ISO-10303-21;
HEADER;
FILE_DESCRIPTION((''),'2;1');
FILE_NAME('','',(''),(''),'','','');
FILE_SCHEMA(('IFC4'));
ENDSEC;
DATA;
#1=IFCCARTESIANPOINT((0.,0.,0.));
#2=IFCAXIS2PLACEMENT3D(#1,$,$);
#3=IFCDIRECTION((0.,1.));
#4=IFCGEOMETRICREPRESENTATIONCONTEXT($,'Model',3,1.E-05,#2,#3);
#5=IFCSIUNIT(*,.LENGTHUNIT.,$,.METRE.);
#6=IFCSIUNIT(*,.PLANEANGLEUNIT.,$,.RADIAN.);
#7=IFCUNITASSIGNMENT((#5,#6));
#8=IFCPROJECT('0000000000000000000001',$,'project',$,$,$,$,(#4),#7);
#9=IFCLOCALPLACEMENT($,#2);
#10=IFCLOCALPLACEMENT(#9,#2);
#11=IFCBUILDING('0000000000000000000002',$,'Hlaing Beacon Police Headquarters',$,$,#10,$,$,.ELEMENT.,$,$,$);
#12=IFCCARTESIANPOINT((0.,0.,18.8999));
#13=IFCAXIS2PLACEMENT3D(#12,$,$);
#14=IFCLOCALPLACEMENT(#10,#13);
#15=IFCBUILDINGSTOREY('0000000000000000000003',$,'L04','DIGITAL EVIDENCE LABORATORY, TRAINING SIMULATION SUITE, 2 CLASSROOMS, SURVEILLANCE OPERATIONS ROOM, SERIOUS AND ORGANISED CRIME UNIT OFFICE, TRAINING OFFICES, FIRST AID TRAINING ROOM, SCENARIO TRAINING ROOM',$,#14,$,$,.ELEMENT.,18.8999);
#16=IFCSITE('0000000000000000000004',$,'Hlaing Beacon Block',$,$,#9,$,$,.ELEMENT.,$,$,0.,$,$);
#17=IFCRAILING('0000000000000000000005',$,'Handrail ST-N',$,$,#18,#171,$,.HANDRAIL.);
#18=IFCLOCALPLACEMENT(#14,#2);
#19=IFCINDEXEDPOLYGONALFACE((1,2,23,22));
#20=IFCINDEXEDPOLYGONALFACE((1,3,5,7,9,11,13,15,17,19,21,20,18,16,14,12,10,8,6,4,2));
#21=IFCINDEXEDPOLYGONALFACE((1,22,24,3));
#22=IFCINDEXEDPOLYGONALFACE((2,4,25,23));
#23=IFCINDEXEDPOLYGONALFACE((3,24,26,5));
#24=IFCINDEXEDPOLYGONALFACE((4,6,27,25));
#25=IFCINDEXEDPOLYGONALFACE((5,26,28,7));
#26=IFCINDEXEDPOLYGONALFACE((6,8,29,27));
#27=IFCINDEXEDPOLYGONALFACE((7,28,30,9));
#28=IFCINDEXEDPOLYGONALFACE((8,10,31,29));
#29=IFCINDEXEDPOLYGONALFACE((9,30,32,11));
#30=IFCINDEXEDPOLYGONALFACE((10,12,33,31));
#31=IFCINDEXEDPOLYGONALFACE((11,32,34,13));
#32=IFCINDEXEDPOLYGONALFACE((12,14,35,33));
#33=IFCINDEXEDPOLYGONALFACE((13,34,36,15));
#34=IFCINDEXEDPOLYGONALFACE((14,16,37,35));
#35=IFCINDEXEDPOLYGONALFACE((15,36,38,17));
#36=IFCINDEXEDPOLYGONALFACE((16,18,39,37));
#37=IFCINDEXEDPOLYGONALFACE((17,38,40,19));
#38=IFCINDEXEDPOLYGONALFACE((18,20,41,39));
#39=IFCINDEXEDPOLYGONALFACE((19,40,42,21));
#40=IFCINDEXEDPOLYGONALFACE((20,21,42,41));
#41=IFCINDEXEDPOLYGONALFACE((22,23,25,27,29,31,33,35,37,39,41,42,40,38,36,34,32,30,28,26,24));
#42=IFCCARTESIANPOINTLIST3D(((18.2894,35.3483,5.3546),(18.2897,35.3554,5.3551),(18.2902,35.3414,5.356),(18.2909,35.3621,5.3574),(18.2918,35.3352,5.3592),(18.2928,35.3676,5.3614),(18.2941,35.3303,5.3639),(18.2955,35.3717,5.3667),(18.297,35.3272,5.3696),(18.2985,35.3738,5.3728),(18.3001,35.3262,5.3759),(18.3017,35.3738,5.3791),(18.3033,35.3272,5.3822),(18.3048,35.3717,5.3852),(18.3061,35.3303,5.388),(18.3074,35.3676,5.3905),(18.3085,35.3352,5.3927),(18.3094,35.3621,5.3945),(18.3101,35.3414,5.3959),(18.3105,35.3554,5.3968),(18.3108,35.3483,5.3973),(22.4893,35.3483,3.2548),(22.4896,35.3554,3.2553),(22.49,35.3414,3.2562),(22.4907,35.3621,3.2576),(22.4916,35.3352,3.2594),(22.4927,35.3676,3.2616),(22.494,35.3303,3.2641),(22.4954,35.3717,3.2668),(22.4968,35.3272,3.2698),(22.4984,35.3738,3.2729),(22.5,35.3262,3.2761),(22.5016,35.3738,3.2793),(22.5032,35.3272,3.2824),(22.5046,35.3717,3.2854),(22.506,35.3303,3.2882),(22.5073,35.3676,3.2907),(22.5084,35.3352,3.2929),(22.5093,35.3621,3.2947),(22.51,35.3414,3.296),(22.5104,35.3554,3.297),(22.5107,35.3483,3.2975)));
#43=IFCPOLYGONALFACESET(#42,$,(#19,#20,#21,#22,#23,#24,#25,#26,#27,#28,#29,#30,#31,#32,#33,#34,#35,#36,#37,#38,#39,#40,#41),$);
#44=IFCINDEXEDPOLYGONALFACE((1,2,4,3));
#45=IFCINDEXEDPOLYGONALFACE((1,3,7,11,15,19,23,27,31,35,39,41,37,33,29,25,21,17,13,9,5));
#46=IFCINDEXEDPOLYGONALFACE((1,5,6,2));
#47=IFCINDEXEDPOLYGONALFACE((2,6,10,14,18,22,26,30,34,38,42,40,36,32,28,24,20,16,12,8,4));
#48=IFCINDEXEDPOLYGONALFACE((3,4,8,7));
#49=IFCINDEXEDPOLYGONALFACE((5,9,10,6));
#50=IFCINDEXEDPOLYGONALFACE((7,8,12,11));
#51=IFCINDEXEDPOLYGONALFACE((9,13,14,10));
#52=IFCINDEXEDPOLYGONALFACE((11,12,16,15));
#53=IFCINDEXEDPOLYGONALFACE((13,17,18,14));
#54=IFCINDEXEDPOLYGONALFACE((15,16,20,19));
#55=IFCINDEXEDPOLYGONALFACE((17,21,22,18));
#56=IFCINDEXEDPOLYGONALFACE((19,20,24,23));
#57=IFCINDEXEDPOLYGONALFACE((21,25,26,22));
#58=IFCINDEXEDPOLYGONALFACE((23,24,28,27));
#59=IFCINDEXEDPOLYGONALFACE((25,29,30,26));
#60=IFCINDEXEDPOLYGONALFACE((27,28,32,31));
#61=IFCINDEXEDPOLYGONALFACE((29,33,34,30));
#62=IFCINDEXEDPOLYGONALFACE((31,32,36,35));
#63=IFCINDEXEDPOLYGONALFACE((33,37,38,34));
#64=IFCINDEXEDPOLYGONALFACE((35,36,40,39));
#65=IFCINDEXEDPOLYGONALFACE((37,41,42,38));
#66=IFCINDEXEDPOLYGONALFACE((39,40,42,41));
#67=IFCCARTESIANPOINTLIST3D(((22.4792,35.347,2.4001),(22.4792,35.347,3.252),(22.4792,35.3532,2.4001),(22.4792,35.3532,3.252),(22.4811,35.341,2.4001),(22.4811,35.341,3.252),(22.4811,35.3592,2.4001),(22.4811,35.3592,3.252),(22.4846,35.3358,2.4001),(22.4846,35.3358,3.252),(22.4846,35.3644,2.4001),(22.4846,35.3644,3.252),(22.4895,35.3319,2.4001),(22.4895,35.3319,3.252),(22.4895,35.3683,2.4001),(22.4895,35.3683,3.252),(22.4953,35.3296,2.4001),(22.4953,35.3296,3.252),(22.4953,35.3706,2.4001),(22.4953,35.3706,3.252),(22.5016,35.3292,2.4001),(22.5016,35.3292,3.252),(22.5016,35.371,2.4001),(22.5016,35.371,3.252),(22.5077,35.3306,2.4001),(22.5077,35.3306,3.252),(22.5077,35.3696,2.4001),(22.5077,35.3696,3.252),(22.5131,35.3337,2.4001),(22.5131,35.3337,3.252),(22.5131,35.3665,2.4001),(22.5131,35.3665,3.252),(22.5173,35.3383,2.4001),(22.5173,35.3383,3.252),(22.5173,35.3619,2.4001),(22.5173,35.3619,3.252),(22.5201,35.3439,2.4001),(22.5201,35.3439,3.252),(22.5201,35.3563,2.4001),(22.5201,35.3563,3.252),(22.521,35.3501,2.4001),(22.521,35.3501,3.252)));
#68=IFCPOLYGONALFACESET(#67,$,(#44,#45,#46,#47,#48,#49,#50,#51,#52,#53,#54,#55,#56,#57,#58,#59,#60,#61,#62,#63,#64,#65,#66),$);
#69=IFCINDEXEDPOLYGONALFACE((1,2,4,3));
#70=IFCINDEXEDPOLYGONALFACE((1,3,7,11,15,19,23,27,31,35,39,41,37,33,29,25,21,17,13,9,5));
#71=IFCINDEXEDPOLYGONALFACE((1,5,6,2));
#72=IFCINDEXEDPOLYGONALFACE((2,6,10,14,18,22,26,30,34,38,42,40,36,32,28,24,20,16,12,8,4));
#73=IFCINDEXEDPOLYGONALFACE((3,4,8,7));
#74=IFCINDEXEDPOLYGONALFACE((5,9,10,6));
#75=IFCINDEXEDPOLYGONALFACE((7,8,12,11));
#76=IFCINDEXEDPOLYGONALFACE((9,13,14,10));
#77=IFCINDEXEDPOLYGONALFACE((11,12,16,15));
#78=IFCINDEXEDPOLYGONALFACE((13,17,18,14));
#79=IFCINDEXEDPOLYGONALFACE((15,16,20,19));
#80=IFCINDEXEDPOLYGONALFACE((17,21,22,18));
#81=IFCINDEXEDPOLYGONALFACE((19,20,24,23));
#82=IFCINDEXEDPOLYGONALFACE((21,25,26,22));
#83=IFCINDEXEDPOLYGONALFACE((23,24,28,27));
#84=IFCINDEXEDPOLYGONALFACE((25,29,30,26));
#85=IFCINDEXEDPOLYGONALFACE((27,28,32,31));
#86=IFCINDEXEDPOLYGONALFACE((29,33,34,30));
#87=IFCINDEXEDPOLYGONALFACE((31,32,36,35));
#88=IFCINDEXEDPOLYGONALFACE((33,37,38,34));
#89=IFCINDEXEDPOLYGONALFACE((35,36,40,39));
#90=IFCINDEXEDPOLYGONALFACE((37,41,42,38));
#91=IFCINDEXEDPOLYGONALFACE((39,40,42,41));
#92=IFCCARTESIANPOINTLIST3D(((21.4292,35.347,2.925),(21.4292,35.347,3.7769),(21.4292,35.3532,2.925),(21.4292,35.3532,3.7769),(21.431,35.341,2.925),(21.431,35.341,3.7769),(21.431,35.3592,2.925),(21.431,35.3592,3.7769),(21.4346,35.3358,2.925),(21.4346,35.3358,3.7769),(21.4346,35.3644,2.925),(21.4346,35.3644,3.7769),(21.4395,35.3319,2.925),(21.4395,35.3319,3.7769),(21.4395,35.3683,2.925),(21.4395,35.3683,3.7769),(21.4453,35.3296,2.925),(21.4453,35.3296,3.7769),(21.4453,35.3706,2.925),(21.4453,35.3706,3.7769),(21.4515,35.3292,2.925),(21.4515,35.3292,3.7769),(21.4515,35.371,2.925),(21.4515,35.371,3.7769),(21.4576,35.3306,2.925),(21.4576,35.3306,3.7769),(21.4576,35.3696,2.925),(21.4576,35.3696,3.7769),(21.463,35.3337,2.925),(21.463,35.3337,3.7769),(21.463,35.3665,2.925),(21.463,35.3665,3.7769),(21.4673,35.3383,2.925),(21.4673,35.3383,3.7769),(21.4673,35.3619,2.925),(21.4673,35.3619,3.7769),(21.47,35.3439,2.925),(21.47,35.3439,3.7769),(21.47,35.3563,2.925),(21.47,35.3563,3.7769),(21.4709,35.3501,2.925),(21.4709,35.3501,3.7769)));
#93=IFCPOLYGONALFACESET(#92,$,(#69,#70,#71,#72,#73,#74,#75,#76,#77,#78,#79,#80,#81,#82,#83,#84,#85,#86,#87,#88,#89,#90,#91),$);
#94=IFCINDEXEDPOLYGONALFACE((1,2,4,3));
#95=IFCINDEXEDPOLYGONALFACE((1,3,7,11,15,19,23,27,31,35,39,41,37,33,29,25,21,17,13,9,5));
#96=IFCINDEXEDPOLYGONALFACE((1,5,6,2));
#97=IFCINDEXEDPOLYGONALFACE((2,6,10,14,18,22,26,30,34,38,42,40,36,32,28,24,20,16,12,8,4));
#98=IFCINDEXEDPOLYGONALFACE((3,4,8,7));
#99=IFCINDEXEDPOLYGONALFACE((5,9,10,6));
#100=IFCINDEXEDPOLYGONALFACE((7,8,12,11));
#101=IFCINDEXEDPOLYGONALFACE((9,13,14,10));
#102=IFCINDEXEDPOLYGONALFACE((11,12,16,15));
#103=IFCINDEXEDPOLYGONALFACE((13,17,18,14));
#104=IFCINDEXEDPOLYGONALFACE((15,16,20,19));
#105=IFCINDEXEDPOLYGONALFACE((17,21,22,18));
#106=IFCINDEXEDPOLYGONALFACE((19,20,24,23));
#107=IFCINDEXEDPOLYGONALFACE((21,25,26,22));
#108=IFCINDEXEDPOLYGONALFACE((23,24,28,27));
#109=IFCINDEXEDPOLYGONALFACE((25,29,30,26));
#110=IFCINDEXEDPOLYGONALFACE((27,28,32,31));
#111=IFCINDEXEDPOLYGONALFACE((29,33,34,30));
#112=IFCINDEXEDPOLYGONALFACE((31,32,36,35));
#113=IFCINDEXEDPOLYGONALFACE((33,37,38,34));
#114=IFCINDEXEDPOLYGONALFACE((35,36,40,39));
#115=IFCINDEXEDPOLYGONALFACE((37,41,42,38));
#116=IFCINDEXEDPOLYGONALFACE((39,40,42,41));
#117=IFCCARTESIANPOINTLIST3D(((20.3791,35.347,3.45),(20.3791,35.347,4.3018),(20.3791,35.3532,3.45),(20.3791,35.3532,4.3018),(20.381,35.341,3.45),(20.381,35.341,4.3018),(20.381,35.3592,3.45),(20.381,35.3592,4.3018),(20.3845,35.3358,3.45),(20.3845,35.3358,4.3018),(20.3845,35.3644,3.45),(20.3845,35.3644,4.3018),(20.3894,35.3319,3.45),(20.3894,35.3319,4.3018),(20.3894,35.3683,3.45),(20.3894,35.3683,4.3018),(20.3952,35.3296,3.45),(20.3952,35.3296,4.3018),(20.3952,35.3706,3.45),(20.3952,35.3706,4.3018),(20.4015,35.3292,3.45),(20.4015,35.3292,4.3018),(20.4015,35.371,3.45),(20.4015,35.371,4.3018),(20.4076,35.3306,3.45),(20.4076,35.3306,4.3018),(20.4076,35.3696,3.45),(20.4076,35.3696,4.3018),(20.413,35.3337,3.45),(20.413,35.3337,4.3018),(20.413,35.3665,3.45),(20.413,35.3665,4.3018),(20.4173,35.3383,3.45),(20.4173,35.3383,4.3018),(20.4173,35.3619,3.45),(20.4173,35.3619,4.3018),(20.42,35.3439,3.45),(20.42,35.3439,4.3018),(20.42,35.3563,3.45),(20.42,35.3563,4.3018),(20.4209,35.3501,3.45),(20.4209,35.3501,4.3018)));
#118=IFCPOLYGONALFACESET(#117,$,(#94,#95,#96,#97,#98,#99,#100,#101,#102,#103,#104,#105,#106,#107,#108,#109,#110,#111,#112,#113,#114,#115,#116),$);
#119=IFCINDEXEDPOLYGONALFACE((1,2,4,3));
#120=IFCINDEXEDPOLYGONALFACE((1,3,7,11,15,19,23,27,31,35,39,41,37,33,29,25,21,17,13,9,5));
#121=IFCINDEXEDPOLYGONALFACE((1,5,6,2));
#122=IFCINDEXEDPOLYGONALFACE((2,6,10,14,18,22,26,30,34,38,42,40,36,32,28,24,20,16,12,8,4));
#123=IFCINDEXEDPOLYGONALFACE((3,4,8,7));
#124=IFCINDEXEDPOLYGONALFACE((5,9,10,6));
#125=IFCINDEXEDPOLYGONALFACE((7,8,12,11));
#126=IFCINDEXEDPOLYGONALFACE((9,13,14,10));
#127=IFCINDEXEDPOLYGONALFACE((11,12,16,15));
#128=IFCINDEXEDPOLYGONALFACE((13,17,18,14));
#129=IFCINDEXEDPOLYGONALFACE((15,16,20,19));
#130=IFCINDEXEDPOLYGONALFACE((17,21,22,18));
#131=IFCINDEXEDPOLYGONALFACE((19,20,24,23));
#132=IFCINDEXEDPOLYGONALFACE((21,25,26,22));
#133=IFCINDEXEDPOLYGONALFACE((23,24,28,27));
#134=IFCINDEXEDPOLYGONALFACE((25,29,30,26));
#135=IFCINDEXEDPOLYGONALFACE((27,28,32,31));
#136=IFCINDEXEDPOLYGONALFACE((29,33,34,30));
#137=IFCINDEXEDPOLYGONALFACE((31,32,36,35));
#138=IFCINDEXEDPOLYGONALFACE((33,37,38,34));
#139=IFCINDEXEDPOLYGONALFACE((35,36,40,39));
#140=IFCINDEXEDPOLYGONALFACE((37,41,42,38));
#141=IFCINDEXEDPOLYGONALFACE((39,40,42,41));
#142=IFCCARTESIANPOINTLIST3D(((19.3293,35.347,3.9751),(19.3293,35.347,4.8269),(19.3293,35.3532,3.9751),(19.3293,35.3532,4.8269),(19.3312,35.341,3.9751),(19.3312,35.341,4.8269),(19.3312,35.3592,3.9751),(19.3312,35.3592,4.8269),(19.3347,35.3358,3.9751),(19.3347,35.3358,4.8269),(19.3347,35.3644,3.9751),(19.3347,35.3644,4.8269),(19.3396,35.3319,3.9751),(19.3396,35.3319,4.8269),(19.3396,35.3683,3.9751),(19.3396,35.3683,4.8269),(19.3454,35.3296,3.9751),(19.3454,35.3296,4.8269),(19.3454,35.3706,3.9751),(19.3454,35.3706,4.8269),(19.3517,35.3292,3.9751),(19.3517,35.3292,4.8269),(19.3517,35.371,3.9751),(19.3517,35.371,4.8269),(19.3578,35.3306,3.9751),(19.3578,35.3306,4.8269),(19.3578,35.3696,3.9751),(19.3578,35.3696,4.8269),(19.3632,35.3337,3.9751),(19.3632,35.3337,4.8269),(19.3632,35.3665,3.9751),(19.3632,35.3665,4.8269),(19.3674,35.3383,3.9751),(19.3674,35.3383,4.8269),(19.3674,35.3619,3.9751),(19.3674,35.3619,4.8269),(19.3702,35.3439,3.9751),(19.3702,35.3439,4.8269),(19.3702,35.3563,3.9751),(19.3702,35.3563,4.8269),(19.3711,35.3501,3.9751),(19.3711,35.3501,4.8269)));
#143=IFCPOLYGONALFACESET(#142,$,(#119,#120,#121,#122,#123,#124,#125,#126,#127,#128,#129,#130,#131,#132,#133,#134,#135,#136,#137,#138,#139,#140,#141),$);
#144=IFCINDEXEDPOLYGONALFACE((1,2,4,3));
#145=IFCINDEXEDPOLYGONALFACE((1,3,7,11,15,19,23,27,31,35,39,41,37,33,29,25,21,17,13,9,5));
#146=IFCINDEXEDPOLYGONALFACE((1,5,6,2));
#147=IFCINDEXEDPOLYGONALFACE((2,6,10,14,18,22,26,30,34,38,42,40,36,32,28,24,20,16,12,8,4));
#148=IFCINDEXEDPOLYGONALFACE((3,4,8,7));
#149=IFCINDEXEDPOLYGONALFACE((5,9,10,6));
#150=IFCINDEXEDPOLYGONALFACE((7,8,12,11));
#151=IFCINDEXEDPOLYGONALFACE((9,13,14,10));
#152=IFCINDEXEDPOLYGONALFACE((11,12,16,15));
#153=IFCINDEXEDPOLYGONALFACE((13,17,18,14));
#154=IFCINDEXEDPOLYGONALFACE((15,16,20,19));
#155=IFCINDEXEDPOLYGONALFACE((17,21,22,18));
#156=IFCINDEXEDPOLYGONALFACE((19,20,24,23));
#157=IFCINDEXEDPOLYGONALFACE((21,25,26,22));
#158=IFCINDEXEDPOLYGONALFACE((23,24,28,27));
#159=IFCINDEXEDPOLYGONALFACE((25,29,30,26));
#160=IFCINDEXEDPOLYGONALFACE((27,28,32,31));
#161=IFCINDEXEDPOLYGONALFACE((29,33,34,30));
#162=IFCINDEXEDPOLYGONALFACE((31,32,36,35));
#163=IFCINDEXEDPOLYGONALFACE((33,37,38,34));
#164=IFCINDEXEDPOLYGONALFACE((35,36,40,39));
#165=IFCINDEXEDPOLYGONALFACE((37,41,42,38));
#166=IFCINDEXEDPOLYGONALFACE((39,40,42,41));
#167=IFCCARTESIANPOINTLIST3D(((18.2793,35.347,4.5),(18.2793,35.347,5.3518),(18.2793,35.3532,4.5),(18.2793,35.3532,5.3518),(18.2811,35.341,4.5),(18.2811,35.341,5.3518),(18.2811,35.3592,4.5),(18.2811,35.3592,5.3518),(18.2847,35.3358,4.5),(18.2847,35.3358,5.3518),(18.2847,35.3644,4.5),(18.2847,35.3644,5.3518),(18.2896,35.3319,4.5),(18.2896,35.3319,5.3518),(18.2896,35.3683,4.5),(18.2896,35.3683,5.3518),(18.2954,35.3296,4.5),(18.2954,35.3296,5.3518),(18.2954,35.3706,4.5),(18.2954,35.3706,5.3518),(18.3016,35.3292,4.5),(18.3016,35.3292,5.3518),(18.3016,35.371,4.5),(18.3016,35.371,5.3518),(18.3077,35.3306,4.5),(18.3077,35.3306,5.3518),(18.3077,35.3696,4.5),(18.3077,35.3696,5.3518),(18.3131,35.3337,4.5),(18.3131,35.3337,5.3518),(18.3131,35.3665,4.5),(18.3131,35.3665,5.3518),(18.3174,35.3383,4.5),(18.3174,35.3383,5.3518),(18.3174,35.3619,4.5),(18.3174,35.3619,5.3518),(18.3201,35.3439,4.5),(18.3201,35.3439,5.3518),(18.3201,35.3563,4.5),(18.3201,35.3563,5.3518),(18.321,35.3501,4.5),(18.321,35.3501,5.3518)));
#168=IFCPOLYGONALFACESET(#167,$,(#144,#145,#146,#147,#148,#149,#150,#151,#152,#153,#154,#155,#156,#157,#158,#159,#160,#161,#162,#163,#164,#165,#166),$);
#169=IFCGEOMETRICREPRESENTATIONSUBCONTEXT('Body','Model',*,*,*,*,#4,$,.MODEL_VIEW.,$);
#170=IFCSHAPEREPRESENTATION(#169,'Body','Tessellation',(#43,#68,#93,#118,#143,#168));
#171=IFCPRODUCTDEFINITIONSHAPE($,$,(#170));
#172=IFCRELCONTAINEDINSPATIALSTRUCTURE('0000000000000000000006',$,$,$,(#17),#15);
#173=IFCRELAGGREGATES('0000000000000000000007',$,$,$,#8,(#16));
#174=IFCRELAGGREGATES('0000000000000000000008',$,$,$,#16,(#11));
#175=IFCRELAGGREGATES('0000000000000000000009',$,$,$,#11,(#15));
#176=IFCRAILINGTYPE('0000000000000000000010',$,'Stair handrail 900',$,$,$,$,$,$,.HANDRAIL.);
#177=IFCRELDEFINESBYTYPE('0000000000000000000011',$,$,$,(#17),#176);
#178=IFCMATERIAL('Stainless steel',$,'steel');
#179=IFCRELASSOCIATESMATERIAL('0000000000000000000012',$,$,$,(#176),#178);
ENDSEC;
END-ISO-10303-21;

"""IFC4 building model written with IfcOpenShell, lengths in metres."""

from ifc_helpers import new_model, si_unit, direction, frame, origin, origin_2d, place, context, subcontext, project, spatial, circle, extrude, material, type_object, element, save


model = new_model("IFC4")

# Units and contexts
model_context = context("Model", 3, precision=1e-05, world=origin(), true_north=direction((0.0, 1.0)))
body_context = subcontext(model_context, "Body", "Model", "MODEL_VIEW")
ifc_project = project(units=[si_unit("LENGTHUNIT", "METRE"), si_unit("PLANEANGLEUNIT", "RADIAN")], contexts=[model_context])

# Site, building, storey
site_placement = place(None, origin())
site = spatial("IfcSite", under=ifc_project, at=site_placement, Name="Hlaing Beacon Block", CompositionType="ELEMENT", RefElevation=0.0)
building_placement = place(site_placement, origin())
building = spatial("IfcBuilding", under=site, at=building_placement, Name="Hlaing Beacon Police Headquarters", CompositionType="ELEMENT")
storey_placement = place(building_placement, frame((0.0, 0.0, 18.8999)))
storey = spatial("IfcBuildingStorey", under=building, at=storey_placement, Name="L04", Description="DIGITAL EVIDENCE LABORATORY, TRAINING SIMULATION SUITE, 2 CLASSROOMS, SURVEILLANCE OPERATIONS ROOM, SERIOUS AND ORGANISED CRIME UNIT OFFICE, TRAINING OFFICES, FIRST AID TRAINING ROOM, SCENARIO TRAINING ROOM", CompositionType="ELEMENT", Elevation=18.8999)

# Railing
ifc_material_1 = material(Name="Stainless steel", Category="steel")
railing_type_1 = type_object("IfcRailingType", Name="Stair handrail 900", PredefinedType="HANDRAIL", material=ifc_material_1)
for number, where, name in (
    (1, (22.5, 35.3501, 2.4001), "Handrail ST-N"),
):
    element("IfcRailing", number, at=place(storey_placement, frame(where)), inside=storey, type_object=railing_type_1, Name=name, PredefinedType="HANDRAIL", context=body_context, shape_type="SweptSolid", body=[
        extrude(circle(Radius=0.0239, at=origin_2d()), frame((0.0, 0.0, 0.876), z_axis=(-0.894438, 0.0, 0.447193), x_axis=(0.0, -1.0, 0.0)), (0.0, 0.0, 1.0), 4.6956),
        extrude(circle(Radius=0.021, at=origin_2d()), origin(), (0.0, 0.0, 1.0), 0.8518),
        extrude(circle(Radius=0.021, at=origin_2d()), frame((-1.05, 0.0, 0.5249)), (0.0, 0.0, 1.0), 0.8518),
        extrude(circle(Radius=0.021, at=origin_2d()), frame((-2.1001, 0.0, 1.0498)), (0.0, 0.0, 1.0), 0.8518),
        extrude(circle(Radius=0.021, at=origin_2d()), frame((-3.1499, 0.0, 1.575)), (0.0, 0.0, 1.0), 0.8518),
        extrude(circle(Radius=0.021, at=origin_2d()), frame((-4.2, 0.0, 2.0999)), (0.0, 0.0, 1.0), 0.8518),
    ])

save(model, "model.ifc")
